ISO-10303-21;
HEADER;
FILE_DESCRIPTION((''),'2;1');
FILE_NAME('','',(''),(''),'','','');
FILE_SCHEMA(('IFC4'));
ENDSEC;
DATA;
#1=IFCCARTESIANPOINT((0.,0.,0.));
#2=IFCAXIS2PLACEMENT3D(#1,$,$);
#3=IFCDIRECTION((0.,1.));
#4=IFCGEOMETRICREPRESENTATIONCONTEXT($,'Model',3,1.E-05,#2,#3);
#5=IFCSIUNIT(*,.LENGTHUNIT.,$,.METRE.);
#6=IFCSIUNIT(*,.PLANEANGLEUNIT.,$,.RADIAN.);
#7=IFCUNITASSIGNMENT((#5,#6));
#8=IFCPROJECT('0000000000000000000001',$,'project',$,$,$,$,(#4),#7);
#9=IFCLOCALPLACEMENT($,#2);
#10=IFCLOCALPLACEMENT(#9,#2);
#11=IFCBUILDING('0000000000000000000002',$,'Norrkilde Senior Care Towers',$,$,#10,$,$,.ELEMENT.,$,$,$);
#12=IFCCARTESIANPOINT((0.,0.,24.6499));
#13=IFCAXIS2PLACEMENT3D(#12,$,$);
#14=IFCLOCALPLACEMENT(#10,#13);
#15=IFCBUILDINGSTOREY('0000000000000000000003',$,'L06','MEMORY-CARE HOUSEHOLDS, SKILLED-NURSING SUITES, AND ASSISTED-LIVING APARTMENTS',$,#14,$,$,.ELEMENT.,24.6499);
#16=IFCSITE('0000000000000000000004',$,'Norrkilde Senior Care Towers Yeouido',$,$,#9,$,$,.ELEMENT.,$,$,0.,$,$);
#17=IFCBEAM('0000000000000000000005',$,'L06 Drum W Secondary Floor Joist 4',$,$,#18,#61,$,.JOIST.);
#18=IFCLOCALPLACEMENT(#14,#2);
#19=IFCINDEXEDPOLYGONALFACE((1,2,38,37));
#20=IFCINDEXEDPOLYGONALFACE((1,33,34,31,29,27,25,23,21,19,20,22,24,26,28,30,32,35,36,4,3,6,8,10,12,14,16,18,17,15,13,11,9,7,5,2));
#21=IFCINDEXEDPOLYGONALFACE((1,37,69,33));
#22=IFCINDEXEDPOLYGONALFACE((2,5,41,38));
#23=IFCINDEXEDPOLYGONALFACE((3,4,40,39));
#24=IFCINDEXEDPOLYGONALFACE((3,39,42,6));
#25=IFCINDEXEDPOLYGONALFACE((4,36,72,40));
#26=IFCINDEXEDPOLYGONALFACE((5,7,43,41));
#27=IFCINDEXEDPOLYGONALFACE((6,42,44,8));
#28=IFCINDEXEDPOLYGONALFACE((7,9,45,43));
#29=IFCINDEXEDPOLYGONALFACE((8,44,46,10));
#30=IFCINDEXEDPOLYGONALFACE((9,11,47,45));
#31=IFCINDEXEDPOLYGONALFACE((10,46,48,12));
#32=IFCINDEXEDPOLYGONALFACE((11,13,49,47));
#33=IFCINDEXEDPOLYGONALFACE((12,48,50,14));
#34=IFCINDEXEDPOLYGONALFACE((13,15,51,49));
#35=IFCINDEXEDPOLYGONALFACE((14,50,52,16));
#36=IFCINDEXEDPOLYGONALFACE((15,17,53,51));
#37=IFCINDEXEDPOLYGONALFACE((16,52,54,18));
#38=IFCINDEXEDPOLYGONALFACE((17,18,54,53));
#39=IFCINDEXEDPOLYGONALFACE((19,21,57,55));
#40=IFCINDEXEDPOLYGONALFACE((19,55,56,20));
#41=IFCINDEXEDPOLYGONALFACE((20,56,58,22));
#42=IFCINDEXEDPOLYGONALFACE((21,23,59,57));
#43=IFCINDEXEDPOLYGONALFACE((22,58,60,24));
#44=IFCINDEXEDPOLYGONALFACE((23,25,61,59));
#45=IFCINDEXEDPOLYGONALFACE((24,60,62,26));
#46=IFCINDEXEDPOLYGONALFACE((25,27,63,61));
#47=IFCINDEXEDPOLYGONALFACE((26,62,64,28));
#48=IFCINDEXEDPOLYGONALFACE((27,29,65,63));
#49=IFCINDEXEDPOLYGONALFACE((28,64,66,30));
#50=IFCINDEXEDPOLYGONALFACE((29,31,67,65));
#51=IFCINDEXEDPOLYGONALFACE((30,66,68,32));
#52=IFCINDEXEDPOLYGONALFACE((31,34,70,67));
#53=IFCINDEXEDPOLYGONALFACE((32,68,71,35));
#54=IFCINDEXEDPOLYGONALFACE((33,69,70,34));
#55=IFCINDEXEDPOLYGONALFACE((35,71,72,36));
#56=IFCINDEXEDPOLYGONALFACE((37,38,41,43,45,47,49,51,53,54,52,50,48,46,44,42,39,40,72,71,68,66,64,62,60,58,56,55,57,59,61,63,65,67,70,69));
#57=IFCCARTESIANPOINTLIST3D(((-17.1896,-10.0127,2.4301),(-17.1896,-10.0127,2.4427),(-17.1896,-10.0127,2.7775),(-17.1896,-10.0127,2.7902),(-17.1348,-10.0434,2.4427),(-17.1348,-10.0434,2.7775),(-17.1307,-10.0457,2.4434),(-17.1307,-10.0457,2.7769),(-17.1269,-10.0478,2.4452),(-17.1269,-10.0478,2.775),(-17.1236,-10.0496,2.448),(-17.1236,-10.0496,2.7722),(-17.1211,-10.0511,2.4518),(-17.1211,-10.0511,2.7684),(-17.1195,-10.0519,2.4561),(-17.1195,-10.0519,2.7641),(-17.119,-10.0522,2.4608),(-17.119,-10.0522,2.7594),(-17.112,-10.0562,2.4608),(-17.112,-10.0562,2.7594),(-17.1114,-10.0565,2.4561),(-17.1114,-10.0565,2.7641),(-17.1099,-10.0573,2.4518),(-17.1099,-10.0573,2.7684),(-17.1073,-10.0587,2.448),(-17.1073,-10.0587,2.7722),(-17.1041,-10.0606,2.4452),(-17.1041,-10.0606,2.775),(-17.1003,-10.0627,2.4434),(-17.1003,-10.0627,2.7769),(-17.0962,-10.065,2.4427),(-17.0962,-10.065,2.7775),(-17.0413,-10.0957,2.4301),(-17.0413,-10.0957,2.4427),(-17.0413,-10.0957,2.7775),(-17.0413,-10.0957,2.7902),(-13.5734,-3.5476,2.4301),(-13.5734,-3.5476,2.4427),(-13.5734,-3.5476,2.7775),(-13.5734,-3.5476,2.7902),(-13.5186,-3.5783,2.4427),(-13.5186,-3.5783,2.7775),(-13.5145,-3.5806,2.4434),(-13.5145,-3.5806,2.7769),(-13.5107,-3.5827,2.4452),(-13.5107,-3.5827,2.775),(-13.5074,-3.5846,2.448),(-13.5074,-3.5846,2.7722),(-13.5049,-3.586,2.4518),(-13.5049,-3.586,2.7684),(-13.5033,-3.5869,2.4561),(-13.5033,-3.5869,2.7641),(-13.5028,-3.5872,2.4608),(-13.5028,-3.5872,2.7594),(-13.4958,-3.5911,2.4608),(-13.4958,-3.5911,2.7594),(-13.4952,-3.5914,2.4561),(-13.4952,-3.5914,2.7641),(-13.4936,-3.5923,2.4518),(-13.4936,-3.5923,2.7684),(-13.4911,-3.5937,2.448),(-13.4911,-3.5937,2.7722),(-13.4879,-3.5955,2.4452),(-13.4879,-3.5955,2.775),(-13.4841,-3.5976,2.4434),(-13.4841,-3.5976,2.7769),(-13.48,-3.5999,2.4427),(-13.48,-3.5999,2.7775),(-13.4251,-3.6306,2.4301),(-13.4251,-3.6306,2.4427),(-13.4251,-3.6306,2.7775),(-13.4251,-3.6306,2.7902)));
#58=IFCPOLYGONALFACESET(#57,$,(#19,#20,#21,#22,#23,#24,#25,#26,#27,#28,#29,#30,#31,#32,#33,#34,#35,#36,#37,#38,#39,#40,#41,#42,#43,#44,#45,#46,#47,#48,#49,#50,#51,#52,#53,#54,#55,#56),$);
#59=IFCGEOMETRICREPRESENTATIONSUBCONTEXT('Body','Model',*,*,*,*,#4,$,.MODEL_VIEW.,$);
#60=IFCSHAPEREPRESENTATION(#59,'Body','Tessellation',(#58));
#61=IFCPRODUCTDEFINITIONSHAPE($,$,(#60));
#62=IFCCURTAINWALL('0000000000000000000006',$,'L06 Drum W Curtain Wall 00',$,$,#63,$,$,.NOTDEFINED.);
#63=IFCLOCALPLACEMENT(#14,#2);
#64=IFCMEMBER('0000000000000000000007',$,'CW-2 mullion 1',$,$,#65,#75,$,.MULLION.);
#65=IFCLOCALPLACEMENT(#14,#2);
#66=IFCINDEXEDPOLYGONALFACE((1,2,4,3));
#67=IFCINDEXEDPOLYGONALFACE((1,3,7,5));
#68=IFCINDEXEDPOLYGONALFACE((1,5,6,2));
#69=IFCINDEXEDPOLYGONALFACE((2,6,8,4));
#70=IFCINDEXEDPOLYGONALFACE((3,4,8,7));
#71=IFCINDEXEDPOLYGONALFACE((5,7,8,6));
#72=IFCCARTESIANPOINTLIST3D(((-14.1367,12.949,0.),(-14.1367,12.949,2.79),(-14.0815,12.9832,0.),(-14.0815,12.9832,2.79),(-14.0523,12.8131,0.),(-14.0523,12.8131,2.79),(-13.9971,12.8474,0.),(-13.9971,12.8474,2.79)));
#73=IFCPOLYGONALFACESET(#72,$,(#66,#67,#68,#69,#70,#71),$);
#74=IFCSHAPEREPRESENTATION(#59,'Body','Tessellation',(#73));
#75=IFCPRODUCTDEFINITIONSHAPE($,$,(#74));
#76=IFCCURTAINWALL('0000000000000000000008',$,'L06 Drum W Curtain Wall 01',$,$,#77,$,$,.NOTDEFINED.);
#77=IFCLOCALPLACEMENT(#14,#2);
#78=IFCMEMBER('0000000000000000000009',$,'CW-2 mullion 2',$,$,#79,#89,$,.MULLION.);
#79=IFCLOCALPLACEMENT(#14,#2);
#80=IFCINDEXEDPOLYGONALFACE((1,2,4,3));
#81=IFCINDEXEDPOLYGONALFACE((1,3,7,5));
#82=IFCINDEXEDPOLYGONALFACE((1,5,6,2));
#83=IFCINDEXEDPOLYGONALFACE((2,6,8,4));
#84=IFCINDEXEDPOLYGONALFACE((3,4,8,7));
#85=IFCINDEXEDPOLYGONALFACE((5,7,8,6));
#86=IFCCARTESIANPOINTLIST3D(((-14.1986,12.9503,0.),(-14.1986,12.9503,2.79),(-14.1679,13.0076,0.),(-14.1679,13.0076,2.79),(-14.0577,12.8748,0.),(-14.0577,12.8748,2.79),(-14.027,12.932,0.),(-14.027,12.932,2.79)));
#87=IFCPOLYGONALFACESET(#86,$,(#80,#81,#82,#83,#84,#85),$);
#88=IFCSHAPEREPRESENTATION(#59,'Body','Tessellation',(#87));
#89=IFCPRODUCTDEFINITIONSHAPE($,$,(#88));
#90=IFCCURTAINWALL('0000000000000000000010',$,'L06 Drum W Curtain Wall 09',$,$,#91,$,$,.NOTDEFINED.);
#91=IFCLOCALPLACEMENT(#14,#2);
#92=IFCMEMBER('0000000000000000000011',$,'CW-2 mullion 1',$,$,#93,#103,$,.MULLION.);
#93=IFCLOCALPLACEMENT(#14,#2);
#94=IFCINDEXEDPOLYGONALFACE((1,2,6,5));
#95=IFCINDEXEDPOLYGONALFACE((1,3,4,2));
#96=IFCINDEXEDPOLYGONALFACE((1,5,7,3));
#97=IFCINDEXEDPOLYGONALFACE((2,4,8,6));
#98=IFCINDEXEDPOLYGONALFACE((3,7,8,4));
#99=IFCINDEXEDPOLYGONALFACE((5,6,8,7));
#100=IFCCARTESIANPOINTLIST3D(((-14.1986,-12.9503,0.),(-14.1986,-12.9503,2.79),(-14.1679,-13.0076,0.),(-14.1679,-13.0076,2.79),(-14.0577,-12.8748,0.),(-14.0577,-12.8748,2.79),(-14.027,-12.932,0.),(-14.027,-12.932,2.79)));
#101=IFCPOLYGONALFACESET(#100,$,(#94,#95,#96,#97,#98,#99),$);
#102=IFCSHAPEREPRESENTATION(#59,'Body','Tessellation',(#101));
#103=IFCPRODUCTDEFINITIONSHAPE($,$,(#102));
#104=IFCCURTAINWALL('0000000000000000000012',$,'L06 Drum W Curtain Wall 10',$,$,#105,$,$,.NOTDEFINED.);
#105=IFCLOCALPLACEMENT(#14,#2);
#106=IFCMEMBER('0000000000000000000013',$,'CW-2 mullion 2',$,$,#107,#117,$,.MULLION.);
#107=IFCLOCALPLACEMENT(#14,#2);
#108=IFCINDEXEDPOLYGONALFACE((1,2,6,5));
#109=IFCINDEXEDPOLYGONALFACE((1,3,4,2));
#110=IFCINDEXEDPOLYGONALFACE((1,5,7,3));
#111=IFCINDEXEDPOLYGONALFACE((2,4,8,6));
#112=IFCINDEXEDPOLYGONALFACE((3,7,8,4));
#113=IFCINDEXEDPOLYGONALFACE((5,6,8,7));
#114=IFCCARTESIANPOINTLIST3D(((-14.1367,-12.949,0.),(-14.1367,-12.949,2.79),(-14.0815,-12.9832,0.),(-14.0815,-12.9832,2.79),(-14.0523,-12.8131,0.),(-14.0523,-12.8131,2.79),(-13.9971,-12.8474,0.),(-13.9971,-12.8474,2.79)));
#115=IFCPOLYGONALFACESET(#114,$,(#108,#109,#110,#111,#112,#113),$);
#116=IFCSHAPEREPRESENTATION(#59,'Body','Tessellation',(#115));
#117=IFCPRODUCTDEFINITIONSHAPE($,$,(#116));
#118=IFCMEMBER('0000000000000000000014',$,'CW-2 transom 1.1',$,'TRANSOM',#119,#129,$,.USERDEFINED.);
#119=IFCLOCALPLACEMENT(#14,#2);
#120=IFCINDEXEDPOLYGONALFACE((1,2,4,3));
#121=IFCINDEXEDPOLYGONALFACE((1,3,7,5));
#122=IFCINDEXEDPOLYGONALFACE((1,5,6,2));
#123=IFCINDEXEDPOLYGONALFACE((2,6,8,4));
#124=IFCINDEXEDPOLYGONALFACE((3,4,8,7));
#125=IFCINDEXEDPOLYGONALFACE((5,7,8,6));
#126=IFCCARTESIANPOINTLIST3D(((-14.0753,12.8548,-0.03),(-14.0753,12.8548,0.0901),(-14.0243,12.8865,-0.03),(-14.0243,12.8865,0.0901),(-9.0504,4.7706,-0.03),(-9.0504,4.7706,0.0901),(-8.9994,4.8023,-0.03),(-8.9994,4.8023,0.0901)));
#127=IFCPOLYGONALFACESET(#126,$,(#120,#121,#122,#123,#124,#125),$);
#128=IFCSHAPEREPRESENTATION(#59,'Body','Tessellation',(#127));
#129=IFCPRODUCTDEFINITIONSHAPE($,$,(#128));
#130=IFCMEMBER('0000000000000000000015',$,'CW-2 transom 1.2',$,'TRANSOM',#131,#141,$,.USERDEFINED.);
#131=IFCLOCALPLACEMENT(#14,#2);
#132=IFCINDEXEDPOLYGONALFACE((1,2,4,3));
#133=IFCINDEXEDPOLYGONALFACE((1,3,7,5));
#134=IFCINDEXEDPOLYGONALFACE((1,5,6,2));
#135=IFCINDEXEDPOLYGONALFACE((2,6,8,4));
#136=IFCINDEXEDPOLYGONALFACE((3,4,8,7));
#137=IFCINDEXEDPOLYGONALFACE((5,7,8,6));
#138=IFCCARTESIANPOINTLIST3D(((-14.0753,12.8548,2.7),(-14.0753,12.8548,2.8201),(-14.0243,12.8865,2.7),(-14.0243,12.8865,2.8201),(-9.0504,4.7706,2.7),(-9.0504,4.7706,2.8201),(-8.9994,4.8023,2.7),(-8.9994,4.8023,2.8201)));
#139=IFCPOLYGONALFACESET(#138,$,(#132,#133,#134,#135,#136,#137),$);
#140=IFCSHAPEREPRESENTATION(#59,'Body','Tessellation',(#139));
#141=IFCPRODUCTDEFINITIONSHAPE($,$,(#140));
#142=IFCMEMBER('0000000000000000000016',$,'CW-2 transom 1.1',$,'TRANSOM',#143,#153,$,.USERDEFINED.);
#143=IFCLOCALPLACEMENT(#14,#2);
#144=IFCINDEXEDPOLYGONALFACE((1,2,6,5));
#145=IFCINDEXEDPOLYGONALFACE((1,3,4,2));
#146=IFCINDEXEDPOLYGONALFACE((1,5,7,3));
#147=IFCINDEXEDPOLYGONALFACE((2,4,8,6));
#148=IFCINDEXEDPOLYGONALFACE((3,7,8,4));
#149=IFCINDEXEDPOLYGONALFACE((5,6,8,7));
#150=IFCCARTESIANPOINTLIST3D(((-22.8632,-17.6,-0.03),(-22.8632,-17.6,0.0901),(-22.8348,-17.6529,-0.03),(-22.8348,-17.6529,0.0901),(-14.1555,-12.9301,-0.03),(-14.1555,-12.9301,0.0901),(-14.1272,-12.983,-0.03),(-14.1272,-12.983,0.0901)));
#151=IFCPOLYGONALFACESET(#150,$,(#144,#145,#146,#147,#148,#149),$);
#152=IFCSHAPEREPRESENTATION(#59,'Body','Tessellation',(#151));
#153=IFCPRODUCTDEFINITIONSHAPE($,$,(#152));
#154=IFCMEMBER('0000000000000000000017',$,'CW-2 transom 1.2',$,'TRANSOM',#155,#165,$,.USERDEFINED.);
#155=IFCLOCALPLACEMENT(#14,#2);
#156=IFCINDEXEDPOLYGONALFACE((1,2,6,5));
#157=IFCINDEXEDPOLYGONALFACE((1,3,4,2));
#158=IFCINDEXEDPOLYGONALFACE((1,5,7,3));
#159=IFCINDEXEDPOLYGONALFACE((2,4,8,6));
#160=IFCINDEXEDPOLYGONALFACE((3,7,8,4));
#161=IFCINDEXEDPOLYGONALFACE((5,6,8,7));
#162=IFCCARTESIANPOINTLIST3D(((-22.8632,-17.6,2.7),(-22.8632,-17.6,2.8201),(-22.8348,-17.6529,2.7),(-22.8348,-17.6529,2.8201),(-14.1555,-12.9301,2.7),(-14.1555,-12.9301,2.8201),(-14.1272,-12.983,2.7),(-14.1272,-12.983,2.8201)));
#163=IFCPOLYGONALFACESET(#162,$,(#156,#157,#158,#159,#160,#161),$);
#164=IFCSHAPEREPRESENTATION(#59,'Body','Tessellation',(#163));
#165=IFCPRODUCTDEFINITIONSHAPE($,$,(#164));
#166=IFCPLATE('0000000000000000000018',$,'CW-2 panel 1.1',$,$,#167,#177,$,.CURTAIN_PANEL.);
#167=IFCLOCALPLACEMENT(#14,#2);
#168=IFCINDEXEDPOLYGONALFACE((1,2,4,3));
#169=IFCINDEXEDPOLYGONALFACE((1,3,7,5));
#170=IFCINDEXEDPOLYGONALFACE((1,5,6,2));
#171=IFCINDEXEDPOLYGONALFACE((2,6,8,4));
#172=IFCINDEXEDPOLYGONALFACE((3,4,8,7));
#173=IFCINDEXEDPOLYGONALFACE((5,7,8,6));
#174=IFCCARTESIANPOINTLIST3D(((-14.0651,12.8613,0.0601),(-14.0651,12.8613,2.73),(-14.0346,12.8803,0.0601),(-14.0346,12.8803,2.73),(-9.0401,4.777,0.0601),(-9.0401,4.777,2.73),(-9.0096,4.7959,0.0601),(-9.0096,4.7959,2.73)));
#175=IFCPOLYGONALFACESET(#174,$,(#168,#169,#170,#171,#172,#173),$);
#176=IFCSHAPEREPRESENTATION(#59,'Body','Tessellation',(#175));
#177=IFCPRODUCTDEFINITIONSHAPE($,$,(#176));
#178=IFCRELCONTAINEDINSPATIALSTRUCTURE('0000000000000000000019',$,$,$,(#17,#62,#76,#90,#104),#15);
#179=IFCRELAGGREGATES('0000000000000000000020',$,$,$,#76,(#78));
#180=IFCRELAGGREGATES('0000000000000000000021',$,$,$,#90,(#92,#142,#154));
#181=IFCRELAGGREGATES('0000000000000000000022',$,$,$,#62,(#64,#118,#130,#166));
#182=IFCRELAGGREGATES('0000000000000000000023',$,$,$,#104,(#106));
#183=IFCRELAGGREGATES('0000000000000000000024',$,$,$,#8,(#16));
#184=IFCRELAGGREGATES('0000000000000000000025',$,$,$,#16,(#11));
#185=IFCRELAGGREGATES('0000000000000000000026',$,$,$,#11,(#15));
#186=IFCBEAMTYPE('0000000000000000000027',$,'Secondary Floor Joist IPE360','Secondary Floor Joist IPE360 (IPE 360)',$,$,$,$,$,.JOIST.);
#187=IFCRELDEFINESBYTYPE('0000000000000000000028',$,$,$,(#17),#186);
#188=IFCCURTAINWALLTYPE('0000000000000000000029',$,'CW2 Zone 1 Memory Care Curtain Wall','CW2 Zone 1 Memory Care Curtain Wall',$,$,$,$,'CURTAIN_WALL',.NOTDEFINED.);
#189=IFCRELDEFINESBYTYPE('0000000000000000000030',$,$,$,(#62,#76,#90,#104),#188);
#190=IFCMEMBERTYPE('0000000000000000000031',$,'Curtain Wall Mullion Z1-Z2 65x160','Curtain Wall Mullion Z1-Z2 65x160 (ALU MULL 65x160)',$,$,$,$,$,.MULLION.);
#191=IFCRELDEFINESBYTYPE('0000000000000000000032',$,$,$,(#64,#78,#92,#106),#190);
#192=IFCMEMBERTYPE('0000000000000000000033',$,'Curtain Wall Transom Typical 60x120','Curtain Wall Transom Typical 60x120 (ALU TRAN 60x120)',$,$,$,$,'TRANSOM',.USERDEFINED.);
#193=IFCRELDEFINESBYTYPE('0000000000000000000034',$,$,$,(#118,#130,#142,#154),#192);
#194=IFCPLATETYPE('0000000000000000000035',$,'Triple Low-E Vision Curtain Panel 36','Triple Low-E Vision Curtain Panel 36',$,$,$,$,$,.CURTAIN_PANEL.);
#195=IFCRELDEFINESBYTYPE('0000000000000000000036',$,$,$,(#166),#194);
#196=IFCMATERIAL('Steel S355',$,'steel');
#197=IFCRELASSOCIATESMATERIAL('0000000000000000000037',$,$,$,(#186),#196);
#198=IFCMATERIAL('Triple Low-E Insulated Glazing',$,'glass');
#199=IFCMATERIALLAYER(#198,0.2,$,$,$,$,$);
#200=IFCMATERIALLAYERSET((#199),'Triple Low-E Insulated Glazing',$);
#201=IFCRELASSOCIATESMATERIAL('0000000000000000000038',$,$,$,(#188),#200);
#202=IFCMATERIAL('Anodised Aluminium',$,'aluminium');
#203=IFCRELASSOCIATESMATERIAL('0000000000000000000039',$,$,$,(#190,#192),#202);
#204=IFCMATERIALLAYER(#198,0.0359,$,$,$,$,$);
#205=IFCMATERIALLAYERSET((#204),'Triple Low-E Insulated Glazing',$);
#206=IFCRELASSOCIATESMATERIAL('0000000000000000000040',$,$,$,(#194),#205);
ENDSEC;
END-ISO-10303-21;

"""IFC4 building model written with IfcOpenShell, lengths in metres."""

from ifc_helpers import new_model, si_unit, direction, frame, origin, origin_2d, place, context, subcontext, project, spatial, rectangle, i_section, extrude, source, transform, mapped, material, layer, layer_set, material_profile, profile_set, type_object, type_shapes, element, aggregate, save


model = new_model("IFC4")

# Units and contexts
model_context = context("Model", 3, precision=1e-05, world=origin(), true_north=direction((0.0, 1.0)))
body_context = subcontext(model_context, "Body", "Model", "MODEL_VIEW")
ifc_project = project(units=[si_unit("LENGTHUNIT", "METRE"), si_unit("PLANEANGLEUNIT", "RADIAN")], contexts=[model_context])

# Site, building, storey
site_placement = place(None, origin())
site = spatial("IfcSite", under=ifc_project, at=site_placement, Name="Norrkilde Senior Care Towers Yeouido", CompositionType="ELEMENT", RefElevation=0.0)
building_placement = place(site_placement, origin())
building = spatial("IfcBuilding", under=site, at=building_placement, Name="Norrkilde Senior Care Towers", CompositionType="ELEMENT")
storey_placement = place(building_placement, frame((0.0, 0.0, 24.6499)))
storey = spatial("IfcBuildingStorey", under=building, at=storey_placement, Name="L06", Description="MEMORY-CARE HOUSEHOLDS, SKILLED-NURSING SUITES, AND ASSISTED-LIVING APARTMENTS", CompositionType="ELEMENT", Elevation=24.6499)

# Beam
ifc_material_1 = material(Name="Steel S355", Category="steel")
ifc_material_profile_1 = material_profile(ifc_material_1, i_section(OverallWidth=0.1699, OverallDepth=0.3601, WebThickness=0.0081, FlangeThickness=0.0127, FilletRadius=0.0181, at=origin_2d()), Name="IPE 360")
ifc_profile_set_1 = profile_set([ifc_material_profile_1], Name="Steel S355")
beam_type_1 = type_object("IfcBeamType", Name="Secondary Floor Joist IPE360", Description="Secondary Floor Joist IPE360 (IPE 360)", PredefinedType="JOIST", material=ifc_profile_set_1)
shared_shape_1 = source(origin(), body_context, "Body", "SweptSolid", [
    extrude(i_section(OverallWidth=0.1699, OverallDepth=0.3601, WebThickness=0.0081, FlangeThickness=0.0127, FilletRadius=0.0181, at=origin_2d()), origin(), (0.0, 0.0, 1.0), 7.4077),
])
beam_1_placement = place(storey_placement, frame((-17.1155, -10.0542, 2.6101), z_axis=(0.488168, 0.87275, 0.0), x_axis=(-0.87275, 0.488168, 0.0)))
element("IfcBeam", 1, at=beam_1_placement, inside=storey, type_object=beam_type_1, Name="L06 Drum W Secondary Floor Joist 4", PredefinedType="JOIST", context=body_context, shape_type="MappedRepresentation", body=[
    mapped(shared_shape_1, transform((0.0, 0.0, 0.0), x_axis=(1.0, 0.0, 0.0), y_axis=(0.0, 1.0, 0.0), z_axis=(0.0, 0.0, 1.0), scale=1.0)),
])

# Curtain walls, members
ifc_material_2 = material(Name="Triple Low-E Insulated Glazing", Category="glass")
ifc_layer_1 = layer(ifc_material_2, 0.2)
ifc_layer_set_1 = layer_set([ifc_layer_1], Name="Triple Low-E Insulated Glazing")
curtain_wall_type = type_object("IfcCurtainWallType", Name="CW2 Zone 1 Memory Care Curtain Wall", Description="CW2 Zone 1 Memory Care Curtain Wall", ElementType="CURTAIN_WALL", PredefinedType="NOTDEFINED", material=ifc_layer_set_1)
curtain_wall_1_placement = place(storey_placement, origin())
curtain_wall_1 = element("IfcCurtainWall", 2, at=curtain_wall_1_placement, inside=storey, type_object=curtain_wall_type, Name="L06 Drum W Curtain Wall 00", PredefinedType="NOTDEFINED")
ifc_material_3 = material(Name="Anodised Aluminium", Category="aluminium")
ifc_material_profile_2 = material_profile(ifc_material_3, rectangle(XDim=0.0649, YDim=0.1599, at=origin_2d()), Name="ALU MULL 65x160")
ifc_profile_set_2 = profile_set([ifc_material_profile_2], Name="Anodised Aluminium")
member_type_1 = type_object("IfcMemberType", Name="Curtain Wall Mullion Z1-Z2 65x160", Description="Curtain Wall Mullion Z1-Z2 65x160 (ALU MULL 65x160)", PredefinedType="MULLION", material=ifc_profile_set_2)
shared_shape_2 = source(origin(), body_context, "Body", "SweptSolid", [
    extrude(rectangle(XDim=0.0649, YDim=0.1599, at=origin_2d()), origin(), (0.0, 0.0, 1.0), 2.79),
])
type_shapes(member_type_1, [shared_shape_2])
member_1_placement = place(storey_placement, frame((-14.0669, 12.8982, 0.0), z_axis=(0.0, 0.0, 1.0), x_axis=(0.849306, 0.527901, 0.0)))
member_1 = element("IfcMember", 3, at=member_1_placement, type_object=member_type_1, Name="CW-2 mullion 1", PredefinedType="MULLION", context=body_context, shape_type="MappedRepresentation", body=[
    mapped(shared_shape_2, transform((0.0, 0.0, 0.0), x_axis=(1.0, 0.0, 0.0), y_axis=(0.0, 1.0, 0.0), z_axis=(0.0, 0.0, 1.0), scale=1.0)),
])
curtain_wall_2_placement = place(storey_placement, origin())
curtain_wall_2 = element("IfcCurtainWall", 4, at=curtain_wall_2_placement, inside=storey, type_object=curtain_wall_type, Name="L06 Drum W Curtain Wall 01", PredefinedType="NOTDEFINED")
member_2_placement = place(storey_placement, frame((-14.1128, 12.9412, 0.0), z_axis=(0.0, 0.0, 1.0), x_axis=(0.472608, 0.881273, 0.0)))
member_2 = element("IfcMember", 5, at=member_2_placement, type_object=member_type_1, Name="CW-2 mullion 2", PredefinedType="MULLION", context=body_context, shape_type="MappedRepresentation", body=[
    mapped(shared_shape_2, transform((0.0, 0.0, 0.0), x_axis=(1.0, 0.0, 0.0), y_axis=(0.0, 1.0, 0.0), z_axis=(0.0, 0.0, 1.0), scale=1.0)),
])
aggregate(curtain_wall_2, [member_2])
curtain_wall_3_placement = place(storey_placement, origin())
curtain_wall_3 = element("IfcCurtainWall", 6, at=curtain_wall_3_placement, inside=storey, type_object=curtain_wall_type, Name="L06 Drum W Curtain Wall 09", PredefinedType="NOTDEFINED")
member_3_placement = place(storey_placement, frame((-14.1128, -12.9412, 0.0), z_axis=(0.0, 0.0, 1.0), x_axis=(0.472608, -0.881273, 0.0)))
member_3 = element("IfcMember", 7, at=member_3_placement, type_object=member_type_1, Name="CW-2 mullion 1", PredefinedType="MULLION", context=body_context, shape_type="MappedRepresentation", body=[
    mapped(shared_shape_2, transform((0.0, 0.0, 0.0), x_axis=(1.0, 0.0, 0.0), y_axis=(0.0, 1.0, 0.0), z_axis=(0.0, 0.0, 1.0), scale=1.0)),
])
curtain_wall_4_placement = place(storey_placement, origin())
curtain_wall_4 = element("IfcCurtainWall", 8, at=curtain_wall_4_placement, inside=storey, type_object=curtain_wall_type, Name="L06 Drum W Curtain Wall 10", PredefinedType="NOTDEFINED")
member_4_placement = place(storey_placement, frame((-14.0669, -12.8982, 0.0), z_axis=(0.0, 0.0, 1.0), x_axis=(0.849306, -0.527901, 0.0)))
member_4 = element("IfcMember", 9, at=member_4_placement, type_object=member_type_1, Name="CW-2 mullion 2", PredefinedType="MULLION", context=body_context, shape_type="MappedRepresentation", body=[
    mapped(shared_shape_2, transform((0.0, 0.0, 0.0), x_axis=(1.0, 0.0, 0.0), y_axis=(0.0, 1.0, 0.0), z_axis=(0.0, 0.0, 1.0), scale=1.0)),
])

# Members
ifc_material_profile_3 = material_profile(ifc_material_3, rectangle(XDim=0.0601, YDim=0.1201, at=origin_2d()), Name="ALU TRAN 60x120")
ifc_profile_set_3 = profile_set([ifc_material_profile_3], Name="Anodised Aluminium")
member_type_2 = type_object("IfcMemberType", Name="Curtain Wall Transom Typical 60x120", Description="Curtain Wall Transom Typical 60x120 (ALU TRAN 60x120)", ElementType="TRANSOM", PredefinedType="USERDEFINED", material=ifc_profile_set_3)
shared_shape_3 = source(origin(), body_context, "Body", "SweptSolid", [
    extrude(rectangle(XDim=0.0601, YDim=0.1201, at=origin_2d()), origin(), (0.0, 0.0, 1.0), 9.5186),
])
member_5_placement = place(storey_placement, frame((-14.0498, 12.8706, 0.03), z_axis=(0.527902, -0.849306, 0.0), x_axis=(0.849306, 0.527902, 0.0)))
member_5 = element("IfcMember", 10, at=member_5_placement, type_object=member_type_2, Name="CW-2 transom 1.1", ObjectType="TRANSOM", PredefinedType="USERDEFINED", context=body_context, shape_type="MappedRepresentation", body=[
    mapped(shared_shape_3, transform((0.0, 0.0, 0.0), x_axis=(1.0, 0.0, 0.0), y_axis=(0.0, 1.0, 0.0), z_axis=(0.0, 0.0, 1.0), scale=1.0)),
])
member_6_placement = place(storey_placement, frame((-14.0498, 12.8706, 2.76), z_axis=(0.527902, -0.849306, 0.0), x_axis=(0.849306, 0.527902, 0.0)))
member_6 = element("IfcMember", 11, at=member_6_placement, type_object=member_type_2, Name="CW-2 transom 1.2", ObjectType="TRANSOM", PredefinedType="USERDEFINED", context=body_context, shape_type="MappedRepresentation", body=[
    mapped(shared_shape_3, transform((0.0, 0.0, 0.0), x_axis=(1.0, 0.0, 0.0), y_axis=(0.0, 1.0, 0.0), z_axis=(0.0, 0.0, 1.0), scale=1.0)),
])
shared_shape_4 = source(origin(), body_context, "Body", "SweptSolid", [
    extrude(rectangle(XDim=0.0601, YDim=0.1201, at=origin_2d()), origin(), (0.0, 0.0, 1.0), 9.8809),
])
type_shapes(member_type_2, [shared_shape_3, shared_shape_4])
member_7_placement = place(storey_placement, frame((-14.1414, -12.9565, 0.03), z_axis=(-0.881267, -0.472618, 0.0), x_axis=(0.472618, -0.881267, 0.0)))
member_7 = element("IfcMember", 12, at=member_7_placement, type_object=member_type_2, Name="CW-2 transom 1.1", ObjectType="TRANSOM", PredefinedType="USERDEFINED", context=body_context, shape_type="MappedRepresentation", body=[
    mapped(shared_shape_4, transform((0.0, 0.0, 0.0), x_axis=(1.0, 0.0, 0.0), y_axis=(0.0, 1.0, 0.0), z_axis=(0.0, 0.0, 1.0), scale=1.0)),
])
member_8_placement = place(storey_placement, frame((-14.1414, -12.9565, 2.76), z_axis=(-0.881267, -0.472618, 0.0), x_axis=(0.472618, -0.881267, 0.0)))
member_8 = element("IfcMember", 13, at=member_8_placement, type_object=member_type_2, Name="CW-2 transom 1.2", ObjectType="TRANSOM", PredefinedType="USERDEFINED", context=body_context, shape_type="MappedRepresentation", body=[
    mapped(shared_shape_4, transform((0.0, 0.0, 0.0), x_axis=(1.0, 0.0, 0.0), y_axis=(0.0, 1.0, 0.0), z_axis=(0.0, 0.0, 1.0), scale=1.0)),
])
aggregate(curtain_wall_3, [member_3, member_7, member_8])

# Plate
ifc_layer_2 = layer(ifc_material_2, 0.0359)
ifc_layer_set_2 = layer_set([ifc_layer_2], Name="Triple Low-E Insulated Glazing")
plate_type = type_object("IfcPlateType", Name="Triple Low-E Vision Curtain Panel 36", Description="Triple Low-E Vision Curtain Panel 36", PredefinedType="CURTAIN_PANEL", material=ifc_layer_set_2)
shared_shape_5 = source(origin(), body_context, "Body", "SweptSolid", [
    extrude(rectangle(XDim=9.5188, YDim=0.0359, at=origin_2d()), origin(), (0.0, 0.0, 1.0), 2.6699),
])
type_shapes(plate_type, [shared_shape_5])
plate_1_placement = place(storey_placement, frame((-11.5374, 8.8286, 0.0601), z_axis=(0.0, 0.0, 1.0), x_axis=(0.527901, -0.849306, 0.0)))
plate_1 = element("IfcPlate", 14, at=plate_1_placement, type_object=plate_type, Name="CW-2 panel 1.1", PredefinedType="CURTAIN_PANEL", context=body_context, shape_type="MappedRepresentation", body=[
    mapped(shared_shape_5, transform((0.0, 0.0, 0.0), x_axis=(1.0, 0.0, 0.0), y_axis=(0.0, 1.0, 0.0), z_axis=(0.0, 0.0, 1.0), scale=1.0)),
])
aggregate(curtain_wall_1, [member_1, member_5, member_6, plate_1])
aggregate(curtain_wall_4, [member_4])

save(model, "model.ifc")
